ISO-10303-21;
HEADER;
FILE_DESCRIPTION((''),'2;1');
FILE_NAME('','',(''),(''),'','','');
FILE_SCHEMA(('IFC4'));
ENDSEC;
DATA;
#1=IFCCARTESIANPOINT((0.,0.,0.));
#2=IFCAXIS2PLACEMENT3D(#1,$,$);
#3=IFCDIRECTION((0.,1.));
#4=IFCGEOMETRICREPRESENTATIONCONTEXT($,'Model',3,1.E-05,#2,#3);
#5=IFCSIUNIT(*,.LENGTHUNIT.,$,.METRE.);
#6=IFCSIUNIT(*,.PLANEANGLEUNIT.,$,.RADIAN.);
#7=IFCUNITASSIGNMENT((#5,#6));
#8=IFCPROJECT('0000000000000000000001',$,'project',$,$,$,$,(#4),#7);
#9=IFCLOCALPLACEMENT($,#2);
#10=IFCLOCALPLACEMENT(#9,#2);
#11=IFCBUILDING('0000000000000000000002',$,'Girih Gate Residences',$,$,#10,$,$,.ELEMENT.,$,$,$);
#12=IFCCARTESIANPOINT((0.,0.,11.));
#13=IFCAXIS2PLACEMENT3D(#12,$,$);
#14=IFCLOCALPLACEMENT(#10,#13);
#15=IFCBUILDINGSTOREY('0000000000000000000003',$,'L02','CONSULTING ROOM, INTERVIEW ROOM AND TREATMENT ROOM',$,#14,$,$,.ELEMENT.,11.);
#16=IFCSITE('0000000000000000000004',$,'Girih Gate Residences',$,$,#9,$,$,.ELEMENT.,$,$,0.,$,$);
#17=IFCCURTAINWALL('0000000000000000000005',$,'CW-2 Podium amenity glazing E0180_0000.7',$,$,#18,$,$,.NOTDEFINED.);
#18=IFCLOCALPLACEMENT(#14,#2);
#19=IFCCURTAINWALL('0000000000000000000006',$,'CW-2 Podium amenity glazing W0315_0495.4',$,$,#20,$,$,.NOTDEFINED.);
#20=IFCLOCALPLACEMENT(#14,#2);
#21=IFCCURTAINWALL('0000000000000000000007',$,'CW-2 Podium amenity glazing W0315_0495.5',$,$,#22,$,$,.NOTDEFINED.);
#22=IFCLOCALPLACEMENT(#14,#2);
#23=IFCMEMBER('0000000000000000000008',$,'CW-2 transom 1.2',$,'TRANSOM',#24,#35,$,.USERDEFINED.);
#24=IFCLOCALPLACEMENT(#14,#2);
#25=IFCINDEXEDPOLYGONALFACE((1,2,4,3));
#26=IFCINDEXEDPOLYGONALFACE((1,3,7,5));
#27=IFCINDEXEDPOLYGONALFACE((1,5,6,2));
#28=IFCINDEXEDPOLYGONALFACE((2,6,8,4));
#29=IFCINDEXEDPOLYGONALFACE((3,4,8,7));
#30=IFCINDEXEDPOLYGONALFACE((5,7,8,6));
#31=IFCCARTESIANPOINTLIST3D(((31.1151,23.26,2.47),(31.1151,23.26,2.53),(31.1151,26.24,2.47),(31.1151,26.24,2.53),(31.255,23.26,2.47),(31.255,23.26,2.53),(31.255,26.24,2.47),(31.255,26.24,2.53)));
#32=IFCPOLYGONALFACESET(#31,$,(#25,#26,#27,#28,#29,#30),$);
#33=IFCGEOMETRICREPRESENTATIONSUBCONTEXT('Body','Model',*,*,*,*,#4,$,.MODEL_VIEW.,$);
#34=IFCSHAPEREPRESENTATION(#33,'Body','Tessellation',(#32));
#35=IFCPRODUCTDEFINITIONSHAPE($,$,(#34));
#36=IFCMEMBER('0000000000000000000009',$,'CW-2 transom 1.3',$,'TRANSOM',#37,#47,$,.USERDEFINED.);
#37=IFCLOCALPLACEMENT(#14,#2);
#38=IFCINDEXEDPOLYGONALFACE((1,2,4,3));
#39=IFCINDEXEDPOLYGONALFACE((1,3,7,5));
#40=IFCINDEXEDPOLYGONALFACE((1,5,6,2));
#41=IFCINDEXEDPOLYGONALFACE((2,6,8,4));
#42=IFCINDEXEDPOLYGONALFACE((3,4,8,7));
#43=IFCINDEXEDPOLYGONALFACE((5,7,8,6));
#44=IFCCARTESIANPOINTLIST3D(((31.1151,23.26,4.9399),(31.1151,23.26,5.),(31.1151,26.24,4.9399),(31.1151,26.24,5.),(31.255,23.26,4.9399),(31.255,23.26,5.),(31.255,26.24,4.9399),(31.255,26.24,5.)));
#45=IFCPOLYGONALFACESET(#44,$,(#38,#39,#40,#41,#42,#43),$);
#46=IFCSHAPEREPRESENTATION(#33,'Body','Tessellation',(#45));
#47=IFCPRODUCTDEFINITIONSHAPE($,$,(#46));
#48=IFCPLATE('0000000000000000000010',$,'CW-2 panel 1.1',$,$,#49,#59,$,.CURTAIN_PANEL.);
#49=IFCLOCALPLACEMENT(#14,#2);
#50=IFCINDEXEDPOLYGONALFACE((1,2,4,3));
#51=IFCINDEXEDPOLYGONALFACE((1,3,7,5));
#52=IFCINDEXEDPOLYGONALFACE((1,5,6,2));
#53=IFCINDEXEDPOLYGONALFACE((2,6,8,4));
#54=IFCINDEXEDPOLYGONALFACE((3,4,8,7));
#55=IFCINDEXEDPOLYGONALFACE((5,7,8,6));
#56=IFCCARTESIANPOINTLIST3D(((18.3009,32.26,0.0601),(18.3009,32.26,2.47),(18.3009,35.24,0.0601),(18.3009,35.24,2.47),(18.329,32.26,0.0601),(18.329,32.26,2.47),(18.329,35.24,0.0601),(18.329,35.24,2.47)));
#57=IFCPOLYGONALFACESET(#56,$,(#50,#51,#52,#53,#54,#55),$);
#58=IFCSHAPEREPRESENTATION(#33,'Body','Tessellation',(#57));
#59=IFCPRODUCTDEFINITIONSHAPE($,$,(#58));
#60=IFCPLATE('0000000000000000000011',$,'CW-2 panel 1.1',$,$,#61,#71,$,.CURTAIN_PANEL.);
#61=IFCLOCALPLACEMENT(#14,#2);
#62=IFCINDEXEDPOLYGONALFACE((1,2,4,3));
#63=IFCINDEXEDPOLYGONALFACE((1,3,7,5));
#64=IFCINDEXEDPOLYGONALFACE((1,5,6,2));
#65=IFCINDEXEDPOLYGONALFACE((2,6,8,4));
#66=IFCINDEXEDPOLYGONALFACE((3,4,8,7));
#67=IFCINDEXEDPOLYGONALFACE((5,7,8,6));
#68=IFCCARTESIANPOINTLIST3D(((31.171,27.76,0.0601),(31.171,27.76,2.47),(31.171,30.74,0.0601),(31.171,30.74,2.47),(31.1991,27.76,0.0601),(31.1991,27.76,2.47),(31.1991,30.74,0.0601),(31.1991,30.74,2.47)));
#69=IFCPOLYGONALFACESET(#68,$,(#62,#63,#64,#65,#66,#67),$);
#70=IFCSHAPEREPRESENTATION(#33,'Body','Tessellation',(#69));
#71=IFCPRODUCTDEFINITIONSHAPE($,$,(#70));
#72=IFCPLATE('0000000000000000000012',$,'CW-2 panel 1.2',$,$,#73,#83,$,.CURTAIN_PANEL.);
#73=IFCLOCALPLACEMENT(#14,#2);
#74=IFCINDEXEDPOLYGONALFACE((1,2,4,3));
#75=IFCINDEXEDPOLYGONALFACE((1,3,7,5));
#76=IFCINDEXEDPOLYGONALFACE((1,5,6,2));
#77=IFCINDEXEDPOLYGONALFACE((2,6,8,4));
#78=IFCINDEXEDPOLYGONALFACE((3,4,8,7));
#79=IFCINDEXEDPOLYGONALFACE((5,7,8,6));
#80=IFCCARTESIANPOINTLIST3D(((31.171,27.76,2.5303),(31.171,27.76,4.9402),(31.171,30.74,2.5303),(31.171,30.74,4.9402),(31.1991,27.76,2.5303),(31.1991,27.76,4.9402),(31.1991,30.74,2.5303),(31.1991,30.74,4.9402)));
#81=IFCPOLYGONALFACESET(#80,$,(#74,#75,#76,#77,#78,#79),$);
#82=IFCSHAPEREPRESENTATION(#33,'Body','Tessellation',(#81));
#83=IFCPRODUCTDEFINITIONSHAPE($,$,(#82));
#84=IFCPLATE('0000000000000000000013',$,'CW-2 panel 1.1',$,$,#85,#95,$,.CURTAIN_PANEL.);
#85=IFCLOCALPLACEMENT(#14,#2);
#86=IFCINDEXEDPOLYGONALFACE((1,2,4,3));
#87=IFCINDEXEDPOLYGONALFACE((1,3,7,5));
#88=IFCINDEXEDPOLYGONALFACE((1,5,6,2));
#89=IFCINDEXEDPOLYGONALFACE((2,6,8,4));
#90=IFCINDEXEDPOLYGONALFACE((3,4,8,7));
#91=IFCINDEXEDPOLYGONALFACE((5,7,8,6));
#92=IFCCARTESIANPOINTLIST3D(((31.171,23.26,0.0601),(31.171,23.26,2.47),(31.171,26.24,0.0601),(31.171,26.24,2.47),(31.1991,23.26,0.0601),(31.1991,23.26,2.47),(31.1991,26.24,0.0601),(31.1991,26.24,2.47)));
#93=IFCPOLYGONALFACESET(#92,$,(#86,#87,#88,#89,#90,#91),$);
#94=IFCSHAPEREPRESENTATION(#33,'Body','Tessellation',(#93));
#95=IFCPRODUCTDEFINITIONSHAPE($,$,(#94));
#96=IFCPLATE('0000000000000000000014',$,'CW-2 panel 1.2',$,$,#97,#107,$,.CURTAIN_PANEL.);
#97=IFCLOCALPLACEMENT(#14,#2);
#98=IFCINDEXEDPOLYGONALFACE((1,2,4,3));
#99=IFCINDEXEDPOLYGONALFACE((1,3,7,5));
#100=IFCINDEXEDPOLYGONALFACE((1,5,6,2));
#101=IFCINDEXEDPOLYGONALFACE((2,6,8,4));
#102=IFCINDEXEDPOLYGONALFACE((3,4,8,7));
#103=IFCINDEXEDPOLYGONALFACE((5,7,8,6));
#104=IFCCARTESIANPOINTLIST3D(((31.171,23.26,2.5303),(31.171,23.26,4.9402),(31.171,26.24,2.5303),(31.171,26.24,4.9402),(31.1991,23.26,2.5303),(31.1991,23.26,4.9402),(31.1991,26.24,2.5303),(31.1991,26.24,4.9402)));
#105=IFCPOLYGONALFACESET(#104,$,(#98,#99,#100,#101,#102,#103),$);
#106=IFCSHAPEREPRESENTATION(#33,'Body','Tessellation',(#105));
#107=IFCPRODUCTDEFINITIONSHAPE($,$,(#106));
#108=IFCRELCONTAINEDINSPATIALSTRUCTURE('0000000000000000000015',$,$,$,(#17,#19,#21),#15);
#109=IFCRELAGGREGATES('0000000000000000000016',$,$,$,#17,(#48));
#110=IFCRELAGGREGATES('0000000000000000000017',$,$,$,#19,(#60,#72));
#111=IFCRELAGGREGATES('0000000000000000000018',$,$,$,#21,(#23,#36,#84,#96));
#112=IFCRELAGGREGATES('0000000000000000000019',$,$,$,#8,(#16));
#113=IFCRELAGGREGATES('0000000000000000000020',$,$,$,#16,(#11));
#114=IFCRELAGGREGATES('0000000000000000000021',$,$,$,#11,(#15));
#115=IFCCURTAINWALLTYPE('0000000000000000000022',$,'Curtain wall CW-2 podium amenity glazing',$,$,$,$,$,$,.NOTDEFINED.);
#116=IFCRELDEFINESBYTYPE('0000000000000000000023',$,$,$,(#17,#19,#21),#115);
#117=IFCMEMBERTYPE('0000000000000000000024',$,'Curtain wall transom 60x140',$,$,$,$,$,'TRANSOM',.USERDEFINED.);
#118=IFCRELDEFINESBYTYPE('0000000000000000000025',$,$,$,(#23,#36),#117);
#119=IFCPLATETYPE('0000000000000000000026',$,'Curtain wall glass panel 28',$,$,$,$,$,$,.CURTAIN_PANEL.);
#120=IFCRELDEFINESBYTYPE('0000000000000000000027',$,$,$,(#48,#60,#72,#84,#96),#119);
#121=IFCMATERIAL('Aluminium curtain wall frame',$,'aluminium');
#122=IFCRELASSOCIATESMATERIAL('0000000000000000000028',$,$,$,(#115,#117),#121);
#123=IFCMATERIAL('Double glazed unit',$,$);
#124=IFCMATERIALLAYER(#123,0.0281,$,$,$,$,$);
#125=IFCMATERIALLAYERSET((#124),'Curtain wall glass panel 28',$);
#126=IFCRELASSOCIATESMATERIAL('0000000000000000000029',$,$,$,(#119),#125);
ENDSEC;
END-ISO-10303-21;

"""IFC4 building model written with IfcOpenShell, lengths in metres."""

from ifc_helpers import new_model, si_unit, direction, frame, origin, origin_2d, place, context, subcontext, project, spatial, rectangle, extrude, material, layer, layer_set, material_profile, profile_set, type_object, element, aggregate, save


model = new_model("IFC4")

# Units and contexts
model_context = context("Model", 3, precision=1e-05, world=origin(), true_north=direction((0.0, 1.0)))
body_context = subcontext(model_context, "Body", "Model", "MODEL_VIEW")
ifc_project = project(units=[si_unit("LENGTHUNIT", "METRE"), si_unit("PLANEANGLEUNIT", "RADIAN")], contexts=[model_context])

# Site, building, storey
site_placement = place(None, origin())
site = spatial("IfcSite", under=ifc_project, at=site_placement, Name="Girih Gate Residences", CompositionType="ELEMENT", RefElevation=0.0)
building_placement = place(site_placement, origin())
building = spatial("IfcBuilding", under=site, at=building_placement, Name="Girih Gate Residences", CompositionType="ELEMENT")
storey_placement = place(building_placement, frame((0.0, 0.0, 11.0)))
storey = spatial("IfcBuildingStorey", under=building, at=storey_placement, Name="L02", Description="CONSULTING ROOM, INTERVIEW ROOM AND TREATMENT ROOM", CompositionType="ELEMENT", Elevation=11.0)

# Curtain wall
ifc_material_1 = material(Name="Aluminium curtain wall frame", Category="aluminium")
curtain_wall_type = type_object("IfcCurtainWallType", Name="Curtain wall CW-2 podium amenity glazing", PredefinedType="NOTDEFINED", material=ifc_material_1)
curtain_wall_1_placement = place(storey_placement, origin())
curtain_wall_1 = element("IfcCurtainWall", 1, at=curtain_wall_1_placement, inside=storey, type_object=curtain_wall_type, Name="CW-2 Podium amenity glazing E0180_0000.7", PredefinedType="NOTDEFINED")

# Curtain wall
curtain_wall_2_placement = place(storey_placement, origin())
curtain_wall_2 = element("IfcCurtainWall", 2, at=curtain_wall_2_placement, inside=storey, type_object=curtain_wall_type, Name="CW-2 Podium amenity glazing W0315_0495.4", PredefinedType="NOTDEFINED")

# Curtain wall
curtain_wall_3_placement = place(storey_placement, origin())
curtain_wall_3 = element("IfcCurtainWall", 3, at=curtain_wall_3_placement, inside=storey, type_object=curtain_wall_type, Name="CW-2 Podium amenity glazing W0315_0495.5", PredefinedType="NOTDEFINED")

# Members
ifc_material_profile_1 = material_profile(ifc_material_1, rectangle(XDim=0.1399, YDim=0.0601, at=origin_2d()))
ifc_profile_set_1 = profile_set([ifc_material_profile_1], Name="Aluminium curtain wall frame")
member_type_1 = type_object("IfcMemberType", Name="Curtain wall transom 60x140", ElementType="TRANSOM", PredefinedType="USERDEFINED", material=ifc_profile_set_1)
member_1_placement = place(storey_placement, frame((31.1851, 26.24, 2.5), z_axis=(0.0, -1.0, 0.0), x_axis=(1.0, 0.0, 0.0)))
member_1 = element("IfcMember", 4, at=member_1_placement, type_object=member_type_1, Name="CW-2 transom 1.2", ObjectType="TRANSOM", PredefinedType="USERDEFINED", context=body_context, shape_type="SweptSolid", body=[
    extrude(rectangle(XDim=0.1399, YDim=0.0601, at=origin_2d()), origin(), (0.0, 0.0, 1.0), 2.98),
])
member_2_placement = place(storey_placement, frame((31.1851, 26.24, 4.97), z_axis=(0.0, -1.0, 0.0), x_axis=(1.0, 0.0, 0.0)))
member_2 = element("IfcMember", 5, at=member_2_placement, type_object=member_type_1, Name="CW-2 transom 1.3", ObjectType="TRANSOM", PredefinedType="USERDEFINED", context=body_context, shape_type="SweptSolid", body=[
    extrude(rectangle(XDim=0.1399, YDim=0.0601, at=origin_2d()), origin(), (0.0, 0.0, 1.0), 2.98),
])

# Plates
ifc_material_2 = material(Name="Double glazed unit")
ifc_layer = layer(ifc_material_2, 0.0281)
ifc_layer_set = layer_set([ifc_layer], Name="Curtain wall glass panel 28")
plate_type = type_object("IfcPlateType", Name="Curtain wall glass panel 28", PredefinedType="CURTAIN_PANEL", material=ifc_layer_set)
plate_1_placement = place(storey_placement, frame((18.3149, 33.75, 0.0601), z_axis=(0.0, 0.0, 1.0), x_axis=(0.0, 1.0, 0.0)))
plate_1 = element("IfcPlate", 6, at=plate_1_placement, type_object=plate_type, Name="CW-2 panel 1.1", PredefinedType="CURTAIN_PANEL", context=body_context, shape_type="SweptSolid", body=[
    extrude(rectangle(XDim=2.98, YDim=0.0281, at=origin_2d()), origin(), (0.0, 0.0, 1.0), 2.4099),
])
aggregate(curtain_wall_1, [plate_1])
plate_2_placement = place(storey_placement, frame((31.1851, 29.25, 0.0601), z_axis=(0.0, 0.0, 1.0), x_axis=(0.0, -1.0, 0.0)))
plate_2 = element("IfcPlate", 7, at=plate_2_placement, type_object=plate_type, Name="CW-2 panel 1.1", PredefinedType="CURTAIN_PANEL", context=body_context, shape_type="SweptSolid", body=[
    extrude(rectangle(XDim=2.98, YDim=0.0281, at=origin_2d()), origin(), (0.0, 0.0, 1.0), 2.4099),
])
plate_3_placement = place(storey_placement, frame((31.1851, 29.25, 2.5303), z_axis=(0.0, 0.0, 1.0), x_axis=(0.0, -1.0, 0.0)))
plate_3 = element("IfcPlate", 8, at=plate_3_placement, type_object=plate_type, Name="CW-2 panel 1.2", PredefinedType="CURTAIN_PANEL", context=body_context, shape_type="SweptSolid", body=[
    extrude(rectangle(XDim=2.98, YDim=0.0281, at=origin_2d()), origin(), (0.0, 0.0, 1.0), 2.4099),
])
aggregate(curtain_wall_2, [plate_2, plate_3])
plate_4_placement = place(storey_placement, frame((31.1851, 24.75, 0.0601), z_axis=(0.0, 0.0, 1.0), x_axis=(0.0, -1.0, 0.0)))
plate_4 = element("IfcPlate", 9, at=plate_4_placement, type_object=plate_type, Name="CW-2 panel 1.1", PredefinedType="CURTAIN_PANEL", context=body_context, shape_type="SweptSolid", body=[
    extrude(rectangle(XDim=2.98, YDim=0.0281, at=origin_2d()), origin(), (0.0, 0.0, 1.0), 2.4099),
])
plate_5_placement = place(storey_placement, frame((31.1851, 24.75, 2.5303), z_axis=(0.0, 0.0, 1.0), x_axis=(0.0, -1.0, 0.0)))
plate_5 = element("IfcPlate", 10, at=plate_5_placement, type_object=plate_type, Name="CW-2 panel 1.2", PredefinedType="CURTAIN_PANEL", context=body_context, shape_type="SweptSolid", body=[
    extrude(rectangle(XDim=2.98, YDim=0.0281, at=origin_2d()), origin(), (0.0, 0.0, 1.0), 2.4099),
])
aggregate(curtain_wall_3, [member_1, member_2, plate_4, plate_5])

save(model, "model.ifc")
